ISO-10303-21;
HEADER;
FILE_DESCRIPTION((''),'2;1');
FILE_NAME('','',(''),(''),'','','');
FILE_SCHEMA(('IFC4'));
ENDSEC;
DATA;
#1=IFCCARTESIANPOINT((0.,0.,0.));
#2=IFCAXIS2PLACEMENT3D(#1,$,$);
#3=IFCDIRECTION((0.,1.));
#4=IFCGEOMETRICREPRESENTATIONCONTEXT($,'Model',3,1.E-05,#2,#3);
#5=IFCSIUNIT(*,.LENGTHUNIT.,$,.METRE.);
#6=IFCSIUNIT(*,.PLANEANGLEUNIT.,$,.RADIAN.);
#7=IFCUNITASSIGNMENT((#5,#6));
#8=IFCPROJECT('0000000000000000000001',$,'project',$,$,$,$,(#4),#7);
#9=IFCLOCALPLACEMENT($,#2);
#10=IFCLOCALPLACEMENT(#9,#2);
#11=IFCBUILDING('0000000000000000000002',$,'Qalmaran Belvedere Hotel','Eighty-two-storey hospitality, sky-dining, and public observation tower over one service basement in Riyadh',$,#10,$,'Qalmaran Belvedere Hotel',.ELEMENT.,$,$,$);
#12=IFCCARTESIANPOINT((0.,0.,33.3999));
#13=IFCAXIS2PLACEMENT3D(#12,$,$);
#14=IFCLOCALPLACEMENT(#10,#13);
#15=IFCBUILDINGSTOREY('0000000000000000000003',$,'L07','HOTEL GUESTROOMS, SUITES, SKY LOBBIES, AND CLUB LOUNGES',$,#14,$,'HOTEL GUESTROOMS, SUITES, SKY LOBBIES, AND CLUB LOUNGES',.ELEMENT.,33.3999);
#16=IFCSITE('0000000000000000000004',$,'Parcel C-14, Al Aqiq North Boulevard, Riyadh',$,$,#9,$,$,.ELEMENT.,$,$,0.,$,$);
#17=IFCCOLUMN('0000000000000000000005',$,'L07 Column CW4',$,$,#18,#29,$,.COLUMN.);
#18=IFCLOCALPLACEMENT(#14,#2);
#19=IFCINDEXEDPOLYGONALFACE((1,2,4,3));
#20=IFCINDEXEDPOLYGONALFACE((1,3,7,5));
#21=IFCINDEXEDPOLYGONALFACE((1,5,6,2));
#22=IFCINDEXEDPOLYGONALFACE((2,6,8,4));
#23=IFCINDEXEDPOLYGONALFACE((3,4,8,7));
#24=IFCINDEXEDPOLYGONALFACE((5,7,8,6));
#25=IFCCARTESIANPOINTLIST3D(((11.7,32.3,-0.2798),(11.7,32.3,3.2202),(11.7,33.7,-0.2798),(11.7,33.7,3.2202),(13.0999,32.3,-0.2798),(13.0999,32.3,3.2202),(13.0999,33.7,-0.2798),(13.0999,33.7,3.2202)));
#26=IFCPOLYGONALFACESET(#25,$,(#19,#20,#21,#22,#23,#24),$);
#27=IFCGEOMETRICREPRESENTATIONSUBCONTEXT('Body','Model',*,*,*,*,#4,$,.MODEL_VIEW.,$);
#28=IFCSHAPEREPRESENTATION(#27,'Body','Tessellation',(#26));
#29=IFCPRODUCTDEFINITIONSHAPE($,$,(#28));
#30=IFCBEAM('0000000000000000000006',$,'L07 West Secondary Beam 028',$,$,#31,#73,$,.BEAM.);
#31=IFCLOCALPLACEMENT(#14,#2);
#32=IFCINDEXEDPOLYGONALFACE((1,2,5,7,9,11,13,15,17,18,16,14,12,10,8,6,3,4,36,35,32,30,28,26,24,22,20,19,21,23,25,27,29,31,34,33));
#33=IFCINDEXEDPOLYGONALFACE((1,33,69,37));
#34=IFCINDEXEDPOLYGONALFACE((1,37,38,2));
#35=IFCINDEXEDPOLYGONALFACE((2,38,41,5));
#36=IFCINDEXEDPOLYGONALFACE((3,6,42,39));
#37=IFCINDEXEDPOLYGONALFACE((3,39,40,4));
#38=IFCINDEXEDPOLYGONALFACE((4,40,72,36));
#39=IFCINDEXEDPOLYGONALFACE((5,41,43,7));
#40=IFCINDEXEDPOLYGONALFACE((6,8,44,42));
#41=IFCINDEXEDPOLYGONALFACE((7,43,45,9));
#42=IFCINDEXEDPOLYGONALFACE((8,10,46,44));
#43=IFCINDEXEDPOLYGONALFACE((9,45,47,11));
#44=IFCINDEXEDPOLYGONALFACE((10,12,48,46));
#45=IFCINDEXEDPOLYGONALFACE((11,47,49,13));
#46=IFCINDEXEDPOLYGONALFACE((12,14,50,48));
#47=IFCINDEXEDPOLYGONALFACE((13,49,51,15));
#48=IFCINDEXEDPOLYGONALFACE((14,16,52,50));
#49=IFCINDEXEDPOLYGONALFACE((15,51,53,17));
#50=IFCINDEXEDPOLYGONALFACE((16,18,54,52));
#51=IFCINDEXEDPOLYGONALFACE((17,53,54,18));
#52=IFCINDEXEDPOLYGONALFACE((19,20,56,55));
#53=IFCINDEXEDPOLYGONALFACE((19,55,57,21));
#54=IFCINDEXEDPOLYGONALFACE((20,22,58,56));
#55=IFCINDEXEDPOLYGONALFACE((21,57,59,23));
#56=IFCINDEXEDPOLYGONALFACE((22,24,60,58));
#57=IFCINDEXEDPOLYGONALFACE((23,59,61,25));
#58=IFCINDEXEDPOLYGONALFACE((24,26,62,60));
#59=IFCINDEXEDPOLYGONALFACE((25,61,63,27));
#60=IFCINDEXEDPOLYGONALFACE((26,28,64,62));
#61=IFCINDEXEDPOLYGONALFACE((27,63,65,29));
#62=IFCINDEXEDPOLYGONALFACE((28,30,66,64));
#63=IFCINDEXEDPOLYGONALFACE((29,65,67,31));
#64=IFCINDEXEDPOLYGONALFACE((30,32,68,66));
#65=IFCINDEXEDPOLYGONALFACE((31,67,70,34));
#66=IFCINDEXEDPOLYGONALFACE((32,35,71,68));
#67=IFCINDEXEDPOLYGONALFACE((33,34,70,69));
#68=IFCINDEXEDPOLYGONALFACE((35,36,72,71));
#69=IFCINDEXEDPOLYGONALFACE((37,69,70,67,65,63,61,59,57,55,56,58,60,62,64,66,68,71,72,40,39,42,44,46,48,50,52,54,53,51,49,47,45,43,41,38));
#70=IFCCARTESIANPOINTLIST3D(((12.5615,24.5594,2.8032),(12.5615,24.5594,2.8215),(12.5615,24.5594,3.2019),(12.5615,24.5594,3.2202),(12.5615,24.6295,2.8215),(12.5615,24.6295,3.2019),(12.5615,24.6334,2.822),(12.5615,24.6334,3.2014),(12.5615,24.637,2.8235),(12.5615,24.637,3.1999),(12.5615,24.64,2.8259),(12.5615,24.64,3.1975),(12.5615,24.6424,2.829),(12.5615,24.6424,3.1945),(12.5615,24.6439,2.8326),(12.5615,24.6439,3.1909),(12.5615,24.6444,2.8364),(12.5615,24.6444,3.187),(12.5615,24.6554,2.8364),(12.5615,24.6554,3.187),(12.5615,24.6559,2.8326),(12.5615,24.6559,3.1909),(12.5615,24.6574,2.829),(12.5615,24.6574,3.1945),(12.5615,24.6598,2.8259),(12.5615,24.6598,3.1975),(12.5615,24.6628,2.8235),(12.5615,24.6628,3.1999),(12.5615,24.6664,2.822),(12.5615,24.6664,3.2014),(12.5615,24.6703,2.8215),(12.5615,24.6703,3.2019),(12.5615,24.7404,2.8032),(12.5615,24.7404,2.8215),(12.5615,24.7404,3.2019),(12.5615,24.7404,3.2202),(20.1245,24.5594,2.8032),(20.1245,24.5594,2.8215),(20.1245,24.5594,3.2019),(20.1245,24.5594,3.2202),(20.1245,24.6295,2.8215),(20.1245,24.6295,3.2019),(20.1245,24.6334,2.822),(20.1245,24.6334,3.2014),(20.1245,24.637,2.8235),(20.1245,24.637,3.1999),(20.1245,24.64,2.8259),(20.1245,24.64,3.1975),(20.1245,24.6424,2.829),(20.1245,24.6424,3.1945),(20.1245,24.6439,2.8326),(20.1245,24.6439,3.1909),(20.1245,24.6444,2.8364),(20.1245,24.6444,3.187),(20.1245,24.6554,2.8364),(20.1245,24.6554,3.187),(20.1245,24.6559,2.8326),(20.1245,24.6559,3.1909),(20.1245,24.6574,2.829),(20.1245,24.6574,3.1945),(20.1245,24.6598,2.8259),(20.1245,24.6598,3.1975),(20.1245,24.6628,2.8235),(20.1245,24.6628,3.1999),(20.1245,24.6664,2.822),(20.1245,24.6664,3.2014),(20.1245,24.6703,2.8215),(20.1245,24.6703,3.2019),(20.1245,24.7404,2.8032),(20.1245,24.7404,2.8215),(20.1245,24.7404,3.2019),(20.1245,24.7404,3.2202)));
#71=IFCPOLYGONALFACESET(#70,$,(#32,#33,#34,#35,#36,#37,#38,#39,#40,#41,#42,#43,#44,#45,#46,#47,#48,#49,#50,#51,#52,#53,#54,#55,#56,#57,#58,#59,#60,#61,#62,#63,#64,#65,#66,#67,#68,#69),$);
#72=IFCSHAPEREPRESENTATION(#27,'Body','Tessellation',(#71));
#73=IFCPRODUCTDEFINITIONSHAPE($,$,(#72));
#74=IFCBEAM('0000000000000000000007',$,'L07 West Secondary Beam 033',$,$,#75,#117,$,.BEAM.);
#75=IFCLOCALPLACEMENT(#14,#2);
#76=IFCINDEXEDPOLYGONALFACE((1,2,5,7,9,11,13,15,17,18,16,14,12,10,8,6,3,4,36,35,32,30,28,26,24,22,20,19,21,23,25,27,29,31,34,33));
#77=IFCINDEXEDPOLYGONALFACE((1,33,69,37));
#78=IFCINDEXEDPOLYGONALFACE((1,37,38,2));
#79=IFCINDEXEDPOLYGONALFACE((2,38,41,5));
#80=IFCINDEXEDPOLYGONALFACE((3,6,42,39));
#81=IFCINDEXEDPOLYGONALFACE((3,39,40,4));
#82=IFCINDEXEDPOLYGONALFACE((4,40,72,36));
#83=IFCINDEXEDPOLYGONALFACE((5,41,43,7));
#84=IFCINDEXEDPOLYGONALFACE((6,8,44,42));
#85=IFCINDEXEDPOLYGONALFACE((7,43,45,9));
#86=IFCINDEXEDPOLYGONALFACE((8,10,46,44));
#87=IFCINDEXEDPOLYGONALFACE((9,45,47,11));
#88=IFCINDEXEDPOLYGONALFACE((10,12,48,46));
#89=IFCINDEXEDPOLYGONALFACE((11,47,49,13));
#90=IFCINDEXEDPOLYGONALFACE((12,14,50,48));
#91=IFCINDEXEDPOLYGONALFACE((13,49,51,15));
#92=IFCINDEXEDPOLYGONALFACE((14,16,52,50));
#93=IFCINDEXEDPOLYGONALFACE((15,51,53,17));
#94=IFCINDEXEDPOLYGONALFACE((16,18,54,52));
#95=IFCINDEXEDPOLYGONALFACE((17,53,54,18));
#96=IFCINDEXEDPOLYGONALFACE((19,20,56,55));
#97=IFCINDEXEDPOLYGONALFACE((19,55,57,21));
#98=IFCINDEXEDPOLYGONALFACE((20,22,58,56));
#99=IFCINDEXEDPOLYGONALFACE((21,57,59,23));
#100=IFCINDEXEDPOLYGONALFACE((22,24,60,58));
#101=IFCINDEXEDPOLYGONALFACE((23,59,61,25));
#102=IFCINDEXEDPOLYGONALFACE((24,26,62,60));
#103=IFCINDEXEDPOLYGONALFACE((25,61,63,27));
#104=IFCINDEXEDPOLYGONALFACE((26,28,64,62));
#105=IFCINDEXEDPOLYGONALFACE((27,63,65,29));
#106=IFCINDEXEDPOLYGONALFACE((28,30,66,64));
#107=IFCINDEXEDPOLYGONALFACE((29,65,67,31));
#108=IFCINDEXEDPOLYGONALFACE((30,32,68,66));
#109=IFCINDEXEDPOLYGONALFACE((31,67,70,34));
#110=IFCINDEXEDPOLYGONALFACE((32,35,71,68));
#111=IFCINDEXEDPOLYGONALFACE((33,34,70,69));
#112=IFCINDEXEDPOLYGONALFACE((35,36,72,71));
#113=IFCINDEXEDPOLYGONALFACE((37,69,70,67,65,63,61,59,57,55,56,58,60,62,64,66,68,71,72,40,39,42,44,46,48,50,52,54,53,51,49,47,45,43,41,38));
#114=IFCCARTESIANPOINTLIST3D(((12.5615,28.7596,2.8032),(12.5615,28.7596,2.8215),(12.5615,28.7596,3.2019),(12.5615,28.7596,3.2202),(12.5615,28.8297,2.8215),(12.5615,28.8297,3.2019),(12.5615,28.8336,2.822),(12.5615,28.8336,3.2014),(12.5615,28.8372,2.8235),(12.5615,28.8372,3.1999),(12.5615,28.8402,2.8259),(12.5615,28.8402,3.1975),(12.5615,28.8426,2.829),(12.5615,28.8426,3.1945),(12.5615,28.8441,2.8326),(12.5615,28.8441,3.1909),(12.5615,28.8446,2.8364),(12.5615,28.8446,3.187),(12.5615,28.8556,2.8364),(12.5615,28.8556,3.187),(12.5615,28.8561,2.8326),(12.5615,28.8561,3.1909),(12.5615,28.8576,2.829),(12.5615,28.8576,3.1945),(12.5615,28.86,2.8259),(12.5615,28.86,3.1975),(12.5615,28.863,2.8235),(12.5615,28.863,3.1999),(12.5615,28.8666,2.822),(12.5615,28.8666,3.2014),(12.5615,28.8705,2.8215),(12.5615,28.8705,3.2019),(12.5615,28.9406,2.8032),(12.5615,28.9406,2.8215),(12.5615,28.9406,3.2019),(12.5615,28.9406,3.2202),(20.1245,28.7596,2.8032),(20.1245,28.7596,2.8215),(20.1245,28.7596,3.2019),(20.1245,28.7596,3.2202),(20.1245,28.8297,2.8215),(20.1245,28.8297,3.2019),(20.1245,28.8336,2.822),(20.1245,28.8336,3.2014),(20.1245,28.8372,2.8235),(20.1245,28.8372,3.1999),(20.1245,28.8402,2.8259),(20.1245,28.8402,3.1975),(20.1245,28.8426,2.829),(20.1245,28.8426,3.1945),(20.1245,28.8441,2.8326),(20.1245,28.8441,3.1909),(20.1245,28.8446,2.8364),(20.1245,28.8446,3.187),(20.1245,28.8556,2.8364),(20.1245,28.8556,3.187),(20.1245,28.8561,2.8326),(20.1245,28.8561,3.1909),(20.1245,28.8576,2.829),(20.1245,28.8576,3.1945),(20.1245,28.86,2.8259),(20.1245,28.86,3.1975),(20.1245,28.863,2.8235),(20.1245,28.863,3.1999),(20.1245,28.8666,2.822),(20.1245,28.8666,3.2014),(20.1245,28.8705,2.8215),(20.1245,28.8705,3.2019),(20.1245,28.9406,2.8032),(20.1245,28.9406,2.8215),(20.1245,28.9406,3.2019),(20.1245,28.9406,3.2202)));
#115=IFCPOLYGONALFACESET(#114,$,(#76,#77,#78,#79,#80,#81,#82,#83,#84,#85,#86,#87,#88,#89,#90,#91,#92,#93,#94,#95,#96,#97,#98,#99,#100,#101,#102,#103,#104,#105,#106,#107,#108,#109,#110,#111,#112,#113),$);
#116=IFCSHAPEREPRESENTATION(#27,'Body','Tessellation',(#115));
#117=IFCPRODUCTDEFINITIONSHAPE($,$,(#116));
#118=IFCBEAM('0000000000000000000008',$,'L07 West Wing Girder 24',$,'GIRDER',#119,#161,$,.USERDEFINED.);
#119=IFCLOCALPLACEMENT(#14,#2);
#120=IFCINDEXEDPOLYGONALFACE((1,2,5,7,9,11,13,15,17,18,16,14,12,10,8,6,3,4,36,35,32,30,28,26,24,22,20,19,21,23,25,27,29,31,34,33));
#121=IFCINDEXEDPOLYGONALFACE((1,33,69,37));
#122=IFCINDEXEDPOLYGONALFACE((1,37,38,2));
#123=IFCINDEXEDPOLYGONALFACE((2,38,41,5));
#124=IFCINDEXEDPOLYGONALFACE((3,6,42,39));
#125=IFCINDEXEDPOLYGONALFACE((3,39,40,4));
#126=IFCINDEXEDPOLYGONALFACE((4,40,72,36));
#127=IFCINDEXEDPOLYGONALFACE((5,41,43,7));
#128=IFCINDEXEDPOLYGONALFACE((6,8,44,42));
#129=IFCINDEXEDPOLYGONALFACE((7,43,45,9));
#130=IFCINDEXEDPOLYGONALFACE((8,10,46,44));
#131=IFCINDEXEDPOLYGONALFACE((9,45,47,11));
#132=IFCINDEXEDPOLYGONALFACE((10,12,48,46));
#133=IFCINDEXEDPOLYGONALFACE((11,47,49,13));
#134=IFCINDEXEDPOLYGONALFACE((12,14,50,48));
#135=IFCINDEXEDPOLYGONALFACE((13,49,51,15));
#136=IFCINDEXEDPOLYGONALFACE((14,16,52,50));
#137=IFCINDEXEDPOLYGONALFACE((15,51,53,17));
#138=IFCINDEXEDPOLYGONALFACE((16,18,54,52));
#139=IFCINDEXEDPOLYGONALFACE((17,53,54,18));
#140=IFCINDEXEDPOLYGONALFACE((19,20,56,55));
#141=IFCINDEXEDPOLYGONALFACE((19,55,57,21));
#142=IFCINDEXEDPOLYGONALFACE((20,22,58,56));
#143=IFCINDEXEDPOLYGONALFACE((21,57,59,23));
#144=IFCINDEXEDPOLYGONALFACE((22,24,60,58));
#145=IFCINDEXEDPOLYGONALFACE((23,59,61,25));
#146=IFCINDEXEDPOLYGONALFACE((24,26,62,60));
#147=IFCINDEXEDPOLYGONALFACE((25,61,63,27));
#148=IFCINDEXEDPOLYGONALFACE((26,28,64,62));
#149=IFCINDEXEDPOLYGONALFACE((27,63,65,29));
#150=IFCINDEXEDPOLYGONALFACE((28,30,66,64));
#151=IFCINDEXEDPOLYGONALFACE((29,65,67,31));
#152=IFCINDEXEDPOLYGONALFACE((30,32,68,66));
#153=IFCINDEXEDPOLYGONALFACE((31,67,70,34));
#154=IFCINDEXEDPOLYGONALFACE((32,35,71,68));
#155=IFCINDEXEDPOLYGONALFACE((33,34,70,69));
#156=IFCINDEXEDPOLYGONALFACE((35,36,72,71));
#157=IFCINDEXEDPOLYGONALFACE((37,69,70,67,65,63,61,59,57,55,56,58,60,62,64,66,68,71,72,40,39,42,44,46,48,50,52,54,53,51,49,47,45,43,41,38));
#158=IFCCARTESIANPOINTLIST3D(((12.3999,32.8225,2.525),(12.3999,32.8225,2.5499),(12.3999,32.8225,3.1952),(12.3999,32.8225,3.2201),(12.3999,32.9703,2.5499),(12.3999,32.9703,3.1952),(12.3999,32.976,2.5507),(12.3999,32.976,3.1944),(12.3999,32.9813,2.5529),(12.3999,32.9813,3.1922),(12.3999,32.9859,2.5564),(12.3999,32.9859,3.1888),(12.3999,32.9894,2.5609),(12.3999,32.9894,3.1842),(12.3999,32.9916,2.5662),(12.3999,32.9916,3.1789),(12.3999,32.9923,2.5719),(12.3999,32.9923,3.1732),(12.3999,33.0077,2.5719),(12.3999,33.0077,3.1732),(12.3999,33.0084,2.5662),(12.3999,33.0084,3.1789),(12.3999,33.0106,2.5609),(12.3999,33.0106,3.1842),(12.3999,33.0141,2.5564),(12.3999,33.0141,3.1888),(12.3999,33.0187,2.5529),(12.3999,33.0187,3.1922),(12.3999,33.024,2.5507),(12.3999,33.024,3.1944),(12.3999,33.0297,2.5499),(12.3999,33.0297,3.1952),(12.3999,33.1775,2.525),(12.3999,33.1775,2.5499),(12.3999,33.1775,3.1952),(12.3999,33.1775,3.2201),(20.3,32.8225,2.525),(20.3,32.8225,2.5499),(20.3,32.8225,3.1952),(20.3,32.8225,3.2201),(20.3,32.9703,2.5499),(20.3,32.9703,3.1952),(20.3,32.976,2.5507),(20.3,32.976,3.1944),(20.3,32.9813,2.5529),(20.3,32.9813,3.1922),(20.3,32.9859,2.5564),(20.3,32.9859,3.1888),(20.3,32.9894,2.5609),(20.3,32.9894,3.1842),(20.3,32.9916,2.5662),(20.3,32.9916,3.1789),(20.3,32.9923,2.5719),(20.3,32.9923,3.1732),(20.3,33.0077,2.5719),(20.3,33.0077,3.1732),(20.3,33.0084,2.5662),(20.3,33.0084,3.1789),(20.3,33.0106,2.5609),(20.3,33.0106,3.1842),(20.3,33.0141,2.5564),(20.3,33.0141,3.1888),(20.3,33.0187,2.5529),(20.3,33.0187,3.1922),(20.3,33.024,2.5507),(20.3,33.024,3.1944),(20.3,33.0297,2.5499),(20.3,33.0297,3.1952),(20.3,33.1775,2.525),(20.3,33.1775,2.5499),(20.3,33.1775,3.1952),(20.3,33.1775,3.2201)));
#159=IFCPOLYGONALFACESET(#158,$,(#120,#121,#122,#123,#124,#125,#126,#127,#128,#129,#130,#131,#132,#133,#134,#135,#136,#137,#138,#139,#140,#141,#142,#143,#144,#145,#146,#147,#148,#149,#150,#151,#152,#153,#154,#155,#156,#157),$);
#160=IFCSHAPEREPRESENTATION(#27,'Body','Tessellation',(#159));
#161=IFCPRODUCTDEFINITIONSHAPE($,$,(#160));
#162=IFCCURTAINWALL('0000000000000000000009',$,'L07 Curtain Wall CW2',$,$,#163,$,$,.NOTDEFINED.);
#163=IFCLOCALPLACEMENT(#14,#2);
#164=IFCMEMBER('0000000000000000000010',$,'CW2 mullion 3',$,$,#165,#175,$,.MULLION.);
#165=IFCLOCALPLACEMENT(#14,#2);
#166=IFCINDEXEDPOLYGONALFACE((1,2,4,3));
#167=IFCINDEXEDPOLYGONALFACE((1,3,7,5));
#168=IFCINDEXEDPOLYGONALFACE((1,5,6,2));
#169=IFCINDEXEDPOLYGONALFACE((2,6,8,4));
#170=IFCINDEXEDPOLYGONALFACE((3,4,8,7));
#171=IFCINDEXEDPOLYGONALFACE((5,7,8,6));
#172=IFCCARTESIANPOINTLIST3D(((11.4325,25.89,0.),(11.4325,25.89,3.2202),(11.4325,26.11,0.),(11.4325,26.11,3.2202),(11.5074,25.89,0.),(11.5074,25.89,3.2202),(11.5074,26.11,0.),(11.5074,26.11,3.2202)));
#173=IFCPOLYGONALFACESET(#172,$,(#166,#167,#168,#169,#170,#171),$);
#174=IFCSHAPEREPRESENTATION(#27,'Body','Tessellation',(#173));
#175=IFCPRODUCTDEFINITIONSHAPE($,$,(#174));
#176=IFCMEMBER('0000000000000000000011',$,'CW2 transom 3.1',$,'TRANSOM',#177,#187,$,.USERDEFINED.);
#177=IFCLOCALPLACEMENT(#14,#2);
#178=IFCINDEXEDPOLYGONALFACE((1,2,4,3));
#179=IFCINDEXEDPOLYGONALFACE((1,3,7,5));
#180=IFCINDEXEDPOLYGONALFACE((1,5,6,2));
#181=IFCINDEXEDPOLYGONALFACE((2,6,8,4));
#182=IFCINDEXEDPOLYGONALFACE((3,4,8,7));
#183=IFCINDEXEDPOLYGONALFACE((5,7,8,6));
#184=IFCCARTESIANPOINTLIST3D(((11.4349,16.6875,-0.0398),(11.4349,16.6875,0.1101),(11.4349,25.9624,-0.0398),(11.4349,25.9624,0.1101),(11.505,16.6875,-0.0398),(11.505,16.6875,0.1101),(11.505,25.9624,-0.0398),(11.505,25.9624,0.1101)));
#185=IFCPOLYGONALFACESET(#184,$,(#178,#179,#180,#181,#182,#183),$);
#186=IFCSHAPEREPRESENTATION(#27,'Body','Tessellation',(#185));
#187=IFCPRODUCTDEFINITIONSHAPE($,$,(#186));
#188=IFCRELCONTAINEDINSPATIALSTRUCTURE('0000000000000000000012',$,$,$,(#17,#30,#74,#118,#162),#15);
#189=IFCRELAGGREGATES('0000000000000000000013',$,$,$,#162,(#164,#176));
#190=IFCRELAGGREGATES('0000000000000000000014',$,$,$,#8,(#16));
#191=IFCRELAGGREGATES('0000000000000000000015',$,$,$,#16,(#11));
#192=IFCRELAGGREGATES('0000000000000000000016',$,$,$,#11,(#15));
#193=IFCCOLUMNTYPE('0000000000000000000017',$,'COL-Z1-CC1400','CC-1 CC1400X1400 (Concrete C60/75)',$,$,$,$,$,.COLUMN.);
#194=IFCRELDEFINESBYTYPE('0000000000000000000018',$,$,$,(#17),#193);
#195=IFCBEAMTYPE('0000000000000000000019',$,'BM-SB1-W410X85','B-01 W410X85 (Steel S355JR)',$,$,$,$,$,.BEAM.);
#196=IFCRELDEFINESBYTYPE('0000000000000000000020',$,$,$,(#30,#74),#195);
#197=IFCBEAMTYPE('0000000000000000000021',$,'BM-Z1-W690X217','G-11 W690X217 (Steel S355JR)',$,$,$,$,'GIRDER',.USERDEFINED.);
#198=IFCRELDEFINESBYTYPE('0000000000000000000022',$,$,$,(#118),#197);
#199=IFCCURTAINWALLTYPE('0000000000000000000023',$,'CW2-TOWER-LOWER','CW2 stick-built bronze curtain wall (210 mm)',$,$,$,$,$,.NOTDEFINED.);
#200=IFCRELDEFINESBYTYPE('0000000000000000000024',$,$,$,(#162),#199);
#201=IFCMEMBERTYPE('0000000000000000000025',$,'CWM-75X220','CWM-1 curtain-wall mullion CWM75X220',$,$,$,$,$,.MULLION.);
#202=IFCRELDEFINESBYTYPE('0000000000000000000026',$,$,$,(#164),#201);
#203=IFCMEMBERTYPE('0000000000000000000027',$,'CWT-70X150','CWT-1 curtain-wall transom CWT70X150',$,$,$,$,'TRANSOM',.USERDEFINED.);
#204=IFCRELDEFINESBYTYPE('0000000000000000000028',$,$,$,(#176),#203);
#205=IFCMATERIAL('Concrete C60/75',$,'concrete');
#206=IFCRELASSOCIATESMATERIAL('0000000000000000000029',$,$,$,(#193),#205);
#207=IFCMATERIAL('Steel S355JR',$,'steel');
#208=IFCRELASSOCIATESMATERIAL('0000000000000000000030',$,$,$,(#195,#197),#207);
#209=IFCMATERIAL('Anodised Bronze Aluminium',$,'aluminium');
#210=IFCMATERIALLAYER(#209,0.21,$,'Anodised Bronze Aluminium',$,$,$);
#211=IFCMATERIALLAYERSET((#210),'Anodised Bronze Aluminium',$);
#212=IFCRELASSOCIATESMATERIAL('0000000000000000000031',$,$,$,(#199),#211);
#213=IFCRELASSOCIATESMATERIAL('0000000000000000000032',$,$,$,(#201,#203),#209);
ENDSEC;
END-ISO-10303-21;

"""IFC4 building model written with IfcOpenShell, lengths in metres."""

from ifc_helpers import new_model, si_unit, direction, frame, origin, origin_2d, place, context, subcontext, project, spatial, rectangle, i_section, extrude, material, layer, layer_set, material_profile, profile_set, type_object, element, aggregate, save


model = new_model("IFC4")

# Units and contexts
model_context = context("Model", 3, precision=1e-05, world=origin(), true_north=direction((0.0, 1.0)))
body_context = subcontext(model_context, "Body", "Model", "MODEL_VIEW")
ifc_project = project(units=[si_unit("LENGTHUNIT", "METRE"), si_unit("PLANEANGLEUNIT", "RADIAN")], contexts=[model_context])

# Site, building, storey
site_placement = place(None, origin())
site = spatial("IfcSite", under=ifc_project, at=site_placement, Name="Parcel C-14, Al Aqiq North Boulevard, Riyadh", CompositionType="ELEMENT", RefElevation=0.0)
building_placement = place(site_placement, origin())
building = spatial("IfcBuilding", under=site, at=building_placement, Name="Qalmaran Belvedere Hotel", Description="Eighty-two-storey hospitality, sky-dining, and public observation tower over one service basement in Riyadh", LongName="Qalmaran Belvedere Hotel", CompositionType="ELEMENT")
storey_placement = place(building_placement, frame((0.0, 0.0, 33.3999)))
storey = spatial("IfcBuildingStorey", under=building, at=storey_placement, Name="L07", Description="HOTEL GUESTROOMS, SUITES, SKY LOBBIES, AND CLUB LOUNGES", LongName="HOTEL GUESTROOMS, SUITES, SKY LOBBIES, AND CLUB LOUNGES", CompositionType="ELEMENT", Elevation=33.3999)

# Column
ifc_material_1 = material(Name="Concrete C60/75", Category="concrete")
ifc_material_profile_1 = material_profile(ifc_material_1, rectangle(XDim=1.3999, YDim=1.3999, at=origin_2d()), Name="CC1400X1400")
ifc_profile_set_1 = profile_set([ifc_material_profile_1], Name="Concrete C60/75")
column_type = type_object("IfcColumnType", Name="COL-Z1-CC1400", Description="CC-1 CC1400X1400 (Concrete C60/75)", PredefinedType="COLUMN", material=ifc_profile_set_1)
column_placement = place(storey_placement, frame((12.3999, 33.0, -0.2798), z_axis=(0.0, 0.0, 1.0), x_axis=(1.0, 0.0, 0.0)))
element("IfcColumn", 1, at=column_placement, inside=storey, type_object=column_type, Name="L07 Column CW4", PredefinedType="COLUMN", context=body_context, shape_type="SweptSolid", body=[
    extrude(rectangle(XDim=1.3999, YDim=1.3999, at=origin_2d()), origin(), (0.0, 0.0, 1.0), 3.5),
])

# Beams
ifc_material_2 = material(Name="Steel S355JR", Category="steel")
ifc_material_profile_2 = material_profile(ifc_material_2, i_section(OverallWidth=0.1809, OverallDepth=0.417, WebThickness=0.011, FlangeThickness=0.0183, FilletRadius=0.0149, at=origin_2d()), Name="W410X85")
ifc_profile_set_2 = profile_set([ifc_material_profile_2], Name="Steel S355JR")
beam_type_1 = type_object("IfcBeamType", Name="BM-SB1-W410X85", Description="B-01 W410X85 (Steel S355JR)", PredefinedType="BEAM", material=ifc_profile_set_2)
for number, where, z_axis, x_axis, name in (
    (2, (12.5615, 24.6499, 3.0117), (1.0, 0.0, 0.0), (0.0, 1.0, 0.0), "L07 West Secondary Beam 028"),
    (3, (12.5615, 28.8501, 3.0117), (1.0, 0.0, 0.0), (0.0, 1.0, 0.0), "L07 West Secondary Beam 033"),
):
    element("IfcBeam", number, at=place(storey_placement, frame(where, z_axis=z_axis, x_axis=x_axis)), inside=storey, type_object=beam_type_1, Name=name, PredefinedType="BEAM", context=body_context, shape_type="SweptSolid", body=[
        extrude(i_section(OverallWidth=0.1809, OverallDepth=0.417, WebThickness=0.011, FlangeThickness=0.0183, FilletRadius=0.0149, at=origin_2d()), origin(), (0.0, 0.0, 1.0), 7.563),
    ])
ifc_material_profile_3 = material_profile(ifc_material_2, i_section(OverallWidth=0.355, OverallDepth=0.6951, WebThickness=0.0154, FlangeThickness=0.0249, FilletRadius=0.022, at=origin_2d()), Name="W690X217")
ifc_profile_set_3 = profile_set([ifc_material_profile_3], Name="Steel S355JR")
beam_type_2 = type_object("IfcBeamType", Name="BM-Z1-W690X217", Description="G-11 W690X217 (Steel S355JR)", ElementType="GIRDER", PredefinedType="USERDEFINED", material=ifc_profile_set_3)
beam_placement = place(storey_placement, frame((12.3999, 33.0, 2.8726), z_axis=(1.0, 0.0, 0.0), x_axis=(0.0, 1.0, 0.0)))
element("IfcBeam", 4, at=beam_placement, inside=storey, type_object=beam_type_2, Name="L07 West Wing Girder 24", ObjectType="GIRDER", PredefinedType="USERDEFINED", context=body_context, shape_type="SweptSolid", body=[
    extrude(i_section(OverallWidth=0.355, OverallDepth=0.6951, WebThickness=0.0154, FlangeThickness=0.0249, FilletRadius=0.022, at=origin_2d()), origin(), (0.0, 0.0, 1.0), 7.9001),
])

# Curtain wall, members
ifc_material_3 = material(Name="Anodised Bronze Aluminium", Category="aluminium")
ifc_layer_1 = layer(ifc_material_3, 0.21, Name="Anodised Bronze Aluminium")
ifc_layer_set_1 = layer_set([ifc_layer_1], Name="Anodised Bronze Aluminium")
curtain_wall_type = type_object("IfcCurtainWallType", Name="CW2-TOWER-LOWER", Description="CW2 stick-built bronze curtain wall (210 mm)", PredefinedType="NOTDEFINED", material=ifc_layer_set_1)
curtain_wall_placement = place(storey_placement, origin())
curtain_wall = element("IfcCurtainWall", 5, at=curtain_wall_placement, inside=storey, type_object=curtain_wall_type, Name="L07 Curtain Wall CW2", PredefinedType="NOTDEFINED")
ifc_material_profile_4 = material_profile(ifc_material_3, rectangle(XDim=0.075, YDim=0.22, at=origin_2d()), Name="CWM75X220")
ifc_profile_set_4 = profile_set([ifc_material_profile_4], Name="Anodised Bronze Aluminium")
member_type_1 = type_object("IfcMemberType", Name="CWM-75X220", Description="CWM-1 curtain-wall mullion CWM75X220", PredefinedType="MULLION", material=ifc_profile_set_4)
member_1_placement = place(storey_placement, frame((11.47, 26.0, 0.0), z_axis=(0.0, 0.0, 1.0), x_axis=(1.0, 0.0, 0.0)))
member_1 = element("IfcMember", 6, at=member_1_placement, type_object=member_type_1, Name="CW2 mullion 3", PredefinedType="MULLION", context=body_context, shape_type="SweptSolid", body=[
    extrude(rectangle(XDim=0.075, YDim=0.22, at=origin_2d()), origin(), (0.0, 0.0, 1.0), 3.2202),
])
ifc_material_profile_5 = material_profile(ifc_material_3, rectangle(XDim=0.0701, YDim=0.1499, at=origin_2d()), Name="CWT70X150")
ifc_profile_set_5 = profile_set([ifc_material_profile_5], Name="Anodised Bronze Aluminium")
member_type_2 = type_object("IfcMemberType", Name="CWT-70X150", Description="CWT-1 curtain-wall transom CWT70X150", ElementType="TRANSOM", PredefinedType="USERDEFINED", material=ifc_profile_set_5)
member_2_placement = place(storey_placement, frame((11.47, 25.9624, 0.0352), z_axis=(0.0, -1.0, 0.0), x_axis=(1.0, 0.0, 0.0)))
member_2 = element("IfcMember", 7, at=member_2_placement, type_object=member_type_2, Name="CW2 transom 3.1", ObjectType="TRANSOM", PredefinedType="USERDEFINED", context=body_context, shape_type="SweptSolid", body=[
    extrude(rectangle(XDim=0.0701, YDim=0.1499, at=origin_2d()), origin(), (0.0, 0.0, 1.0), 9.2749),
])
aggregate(curtain_wall, [member_1, member_2])

save(model, "model.ifc")
